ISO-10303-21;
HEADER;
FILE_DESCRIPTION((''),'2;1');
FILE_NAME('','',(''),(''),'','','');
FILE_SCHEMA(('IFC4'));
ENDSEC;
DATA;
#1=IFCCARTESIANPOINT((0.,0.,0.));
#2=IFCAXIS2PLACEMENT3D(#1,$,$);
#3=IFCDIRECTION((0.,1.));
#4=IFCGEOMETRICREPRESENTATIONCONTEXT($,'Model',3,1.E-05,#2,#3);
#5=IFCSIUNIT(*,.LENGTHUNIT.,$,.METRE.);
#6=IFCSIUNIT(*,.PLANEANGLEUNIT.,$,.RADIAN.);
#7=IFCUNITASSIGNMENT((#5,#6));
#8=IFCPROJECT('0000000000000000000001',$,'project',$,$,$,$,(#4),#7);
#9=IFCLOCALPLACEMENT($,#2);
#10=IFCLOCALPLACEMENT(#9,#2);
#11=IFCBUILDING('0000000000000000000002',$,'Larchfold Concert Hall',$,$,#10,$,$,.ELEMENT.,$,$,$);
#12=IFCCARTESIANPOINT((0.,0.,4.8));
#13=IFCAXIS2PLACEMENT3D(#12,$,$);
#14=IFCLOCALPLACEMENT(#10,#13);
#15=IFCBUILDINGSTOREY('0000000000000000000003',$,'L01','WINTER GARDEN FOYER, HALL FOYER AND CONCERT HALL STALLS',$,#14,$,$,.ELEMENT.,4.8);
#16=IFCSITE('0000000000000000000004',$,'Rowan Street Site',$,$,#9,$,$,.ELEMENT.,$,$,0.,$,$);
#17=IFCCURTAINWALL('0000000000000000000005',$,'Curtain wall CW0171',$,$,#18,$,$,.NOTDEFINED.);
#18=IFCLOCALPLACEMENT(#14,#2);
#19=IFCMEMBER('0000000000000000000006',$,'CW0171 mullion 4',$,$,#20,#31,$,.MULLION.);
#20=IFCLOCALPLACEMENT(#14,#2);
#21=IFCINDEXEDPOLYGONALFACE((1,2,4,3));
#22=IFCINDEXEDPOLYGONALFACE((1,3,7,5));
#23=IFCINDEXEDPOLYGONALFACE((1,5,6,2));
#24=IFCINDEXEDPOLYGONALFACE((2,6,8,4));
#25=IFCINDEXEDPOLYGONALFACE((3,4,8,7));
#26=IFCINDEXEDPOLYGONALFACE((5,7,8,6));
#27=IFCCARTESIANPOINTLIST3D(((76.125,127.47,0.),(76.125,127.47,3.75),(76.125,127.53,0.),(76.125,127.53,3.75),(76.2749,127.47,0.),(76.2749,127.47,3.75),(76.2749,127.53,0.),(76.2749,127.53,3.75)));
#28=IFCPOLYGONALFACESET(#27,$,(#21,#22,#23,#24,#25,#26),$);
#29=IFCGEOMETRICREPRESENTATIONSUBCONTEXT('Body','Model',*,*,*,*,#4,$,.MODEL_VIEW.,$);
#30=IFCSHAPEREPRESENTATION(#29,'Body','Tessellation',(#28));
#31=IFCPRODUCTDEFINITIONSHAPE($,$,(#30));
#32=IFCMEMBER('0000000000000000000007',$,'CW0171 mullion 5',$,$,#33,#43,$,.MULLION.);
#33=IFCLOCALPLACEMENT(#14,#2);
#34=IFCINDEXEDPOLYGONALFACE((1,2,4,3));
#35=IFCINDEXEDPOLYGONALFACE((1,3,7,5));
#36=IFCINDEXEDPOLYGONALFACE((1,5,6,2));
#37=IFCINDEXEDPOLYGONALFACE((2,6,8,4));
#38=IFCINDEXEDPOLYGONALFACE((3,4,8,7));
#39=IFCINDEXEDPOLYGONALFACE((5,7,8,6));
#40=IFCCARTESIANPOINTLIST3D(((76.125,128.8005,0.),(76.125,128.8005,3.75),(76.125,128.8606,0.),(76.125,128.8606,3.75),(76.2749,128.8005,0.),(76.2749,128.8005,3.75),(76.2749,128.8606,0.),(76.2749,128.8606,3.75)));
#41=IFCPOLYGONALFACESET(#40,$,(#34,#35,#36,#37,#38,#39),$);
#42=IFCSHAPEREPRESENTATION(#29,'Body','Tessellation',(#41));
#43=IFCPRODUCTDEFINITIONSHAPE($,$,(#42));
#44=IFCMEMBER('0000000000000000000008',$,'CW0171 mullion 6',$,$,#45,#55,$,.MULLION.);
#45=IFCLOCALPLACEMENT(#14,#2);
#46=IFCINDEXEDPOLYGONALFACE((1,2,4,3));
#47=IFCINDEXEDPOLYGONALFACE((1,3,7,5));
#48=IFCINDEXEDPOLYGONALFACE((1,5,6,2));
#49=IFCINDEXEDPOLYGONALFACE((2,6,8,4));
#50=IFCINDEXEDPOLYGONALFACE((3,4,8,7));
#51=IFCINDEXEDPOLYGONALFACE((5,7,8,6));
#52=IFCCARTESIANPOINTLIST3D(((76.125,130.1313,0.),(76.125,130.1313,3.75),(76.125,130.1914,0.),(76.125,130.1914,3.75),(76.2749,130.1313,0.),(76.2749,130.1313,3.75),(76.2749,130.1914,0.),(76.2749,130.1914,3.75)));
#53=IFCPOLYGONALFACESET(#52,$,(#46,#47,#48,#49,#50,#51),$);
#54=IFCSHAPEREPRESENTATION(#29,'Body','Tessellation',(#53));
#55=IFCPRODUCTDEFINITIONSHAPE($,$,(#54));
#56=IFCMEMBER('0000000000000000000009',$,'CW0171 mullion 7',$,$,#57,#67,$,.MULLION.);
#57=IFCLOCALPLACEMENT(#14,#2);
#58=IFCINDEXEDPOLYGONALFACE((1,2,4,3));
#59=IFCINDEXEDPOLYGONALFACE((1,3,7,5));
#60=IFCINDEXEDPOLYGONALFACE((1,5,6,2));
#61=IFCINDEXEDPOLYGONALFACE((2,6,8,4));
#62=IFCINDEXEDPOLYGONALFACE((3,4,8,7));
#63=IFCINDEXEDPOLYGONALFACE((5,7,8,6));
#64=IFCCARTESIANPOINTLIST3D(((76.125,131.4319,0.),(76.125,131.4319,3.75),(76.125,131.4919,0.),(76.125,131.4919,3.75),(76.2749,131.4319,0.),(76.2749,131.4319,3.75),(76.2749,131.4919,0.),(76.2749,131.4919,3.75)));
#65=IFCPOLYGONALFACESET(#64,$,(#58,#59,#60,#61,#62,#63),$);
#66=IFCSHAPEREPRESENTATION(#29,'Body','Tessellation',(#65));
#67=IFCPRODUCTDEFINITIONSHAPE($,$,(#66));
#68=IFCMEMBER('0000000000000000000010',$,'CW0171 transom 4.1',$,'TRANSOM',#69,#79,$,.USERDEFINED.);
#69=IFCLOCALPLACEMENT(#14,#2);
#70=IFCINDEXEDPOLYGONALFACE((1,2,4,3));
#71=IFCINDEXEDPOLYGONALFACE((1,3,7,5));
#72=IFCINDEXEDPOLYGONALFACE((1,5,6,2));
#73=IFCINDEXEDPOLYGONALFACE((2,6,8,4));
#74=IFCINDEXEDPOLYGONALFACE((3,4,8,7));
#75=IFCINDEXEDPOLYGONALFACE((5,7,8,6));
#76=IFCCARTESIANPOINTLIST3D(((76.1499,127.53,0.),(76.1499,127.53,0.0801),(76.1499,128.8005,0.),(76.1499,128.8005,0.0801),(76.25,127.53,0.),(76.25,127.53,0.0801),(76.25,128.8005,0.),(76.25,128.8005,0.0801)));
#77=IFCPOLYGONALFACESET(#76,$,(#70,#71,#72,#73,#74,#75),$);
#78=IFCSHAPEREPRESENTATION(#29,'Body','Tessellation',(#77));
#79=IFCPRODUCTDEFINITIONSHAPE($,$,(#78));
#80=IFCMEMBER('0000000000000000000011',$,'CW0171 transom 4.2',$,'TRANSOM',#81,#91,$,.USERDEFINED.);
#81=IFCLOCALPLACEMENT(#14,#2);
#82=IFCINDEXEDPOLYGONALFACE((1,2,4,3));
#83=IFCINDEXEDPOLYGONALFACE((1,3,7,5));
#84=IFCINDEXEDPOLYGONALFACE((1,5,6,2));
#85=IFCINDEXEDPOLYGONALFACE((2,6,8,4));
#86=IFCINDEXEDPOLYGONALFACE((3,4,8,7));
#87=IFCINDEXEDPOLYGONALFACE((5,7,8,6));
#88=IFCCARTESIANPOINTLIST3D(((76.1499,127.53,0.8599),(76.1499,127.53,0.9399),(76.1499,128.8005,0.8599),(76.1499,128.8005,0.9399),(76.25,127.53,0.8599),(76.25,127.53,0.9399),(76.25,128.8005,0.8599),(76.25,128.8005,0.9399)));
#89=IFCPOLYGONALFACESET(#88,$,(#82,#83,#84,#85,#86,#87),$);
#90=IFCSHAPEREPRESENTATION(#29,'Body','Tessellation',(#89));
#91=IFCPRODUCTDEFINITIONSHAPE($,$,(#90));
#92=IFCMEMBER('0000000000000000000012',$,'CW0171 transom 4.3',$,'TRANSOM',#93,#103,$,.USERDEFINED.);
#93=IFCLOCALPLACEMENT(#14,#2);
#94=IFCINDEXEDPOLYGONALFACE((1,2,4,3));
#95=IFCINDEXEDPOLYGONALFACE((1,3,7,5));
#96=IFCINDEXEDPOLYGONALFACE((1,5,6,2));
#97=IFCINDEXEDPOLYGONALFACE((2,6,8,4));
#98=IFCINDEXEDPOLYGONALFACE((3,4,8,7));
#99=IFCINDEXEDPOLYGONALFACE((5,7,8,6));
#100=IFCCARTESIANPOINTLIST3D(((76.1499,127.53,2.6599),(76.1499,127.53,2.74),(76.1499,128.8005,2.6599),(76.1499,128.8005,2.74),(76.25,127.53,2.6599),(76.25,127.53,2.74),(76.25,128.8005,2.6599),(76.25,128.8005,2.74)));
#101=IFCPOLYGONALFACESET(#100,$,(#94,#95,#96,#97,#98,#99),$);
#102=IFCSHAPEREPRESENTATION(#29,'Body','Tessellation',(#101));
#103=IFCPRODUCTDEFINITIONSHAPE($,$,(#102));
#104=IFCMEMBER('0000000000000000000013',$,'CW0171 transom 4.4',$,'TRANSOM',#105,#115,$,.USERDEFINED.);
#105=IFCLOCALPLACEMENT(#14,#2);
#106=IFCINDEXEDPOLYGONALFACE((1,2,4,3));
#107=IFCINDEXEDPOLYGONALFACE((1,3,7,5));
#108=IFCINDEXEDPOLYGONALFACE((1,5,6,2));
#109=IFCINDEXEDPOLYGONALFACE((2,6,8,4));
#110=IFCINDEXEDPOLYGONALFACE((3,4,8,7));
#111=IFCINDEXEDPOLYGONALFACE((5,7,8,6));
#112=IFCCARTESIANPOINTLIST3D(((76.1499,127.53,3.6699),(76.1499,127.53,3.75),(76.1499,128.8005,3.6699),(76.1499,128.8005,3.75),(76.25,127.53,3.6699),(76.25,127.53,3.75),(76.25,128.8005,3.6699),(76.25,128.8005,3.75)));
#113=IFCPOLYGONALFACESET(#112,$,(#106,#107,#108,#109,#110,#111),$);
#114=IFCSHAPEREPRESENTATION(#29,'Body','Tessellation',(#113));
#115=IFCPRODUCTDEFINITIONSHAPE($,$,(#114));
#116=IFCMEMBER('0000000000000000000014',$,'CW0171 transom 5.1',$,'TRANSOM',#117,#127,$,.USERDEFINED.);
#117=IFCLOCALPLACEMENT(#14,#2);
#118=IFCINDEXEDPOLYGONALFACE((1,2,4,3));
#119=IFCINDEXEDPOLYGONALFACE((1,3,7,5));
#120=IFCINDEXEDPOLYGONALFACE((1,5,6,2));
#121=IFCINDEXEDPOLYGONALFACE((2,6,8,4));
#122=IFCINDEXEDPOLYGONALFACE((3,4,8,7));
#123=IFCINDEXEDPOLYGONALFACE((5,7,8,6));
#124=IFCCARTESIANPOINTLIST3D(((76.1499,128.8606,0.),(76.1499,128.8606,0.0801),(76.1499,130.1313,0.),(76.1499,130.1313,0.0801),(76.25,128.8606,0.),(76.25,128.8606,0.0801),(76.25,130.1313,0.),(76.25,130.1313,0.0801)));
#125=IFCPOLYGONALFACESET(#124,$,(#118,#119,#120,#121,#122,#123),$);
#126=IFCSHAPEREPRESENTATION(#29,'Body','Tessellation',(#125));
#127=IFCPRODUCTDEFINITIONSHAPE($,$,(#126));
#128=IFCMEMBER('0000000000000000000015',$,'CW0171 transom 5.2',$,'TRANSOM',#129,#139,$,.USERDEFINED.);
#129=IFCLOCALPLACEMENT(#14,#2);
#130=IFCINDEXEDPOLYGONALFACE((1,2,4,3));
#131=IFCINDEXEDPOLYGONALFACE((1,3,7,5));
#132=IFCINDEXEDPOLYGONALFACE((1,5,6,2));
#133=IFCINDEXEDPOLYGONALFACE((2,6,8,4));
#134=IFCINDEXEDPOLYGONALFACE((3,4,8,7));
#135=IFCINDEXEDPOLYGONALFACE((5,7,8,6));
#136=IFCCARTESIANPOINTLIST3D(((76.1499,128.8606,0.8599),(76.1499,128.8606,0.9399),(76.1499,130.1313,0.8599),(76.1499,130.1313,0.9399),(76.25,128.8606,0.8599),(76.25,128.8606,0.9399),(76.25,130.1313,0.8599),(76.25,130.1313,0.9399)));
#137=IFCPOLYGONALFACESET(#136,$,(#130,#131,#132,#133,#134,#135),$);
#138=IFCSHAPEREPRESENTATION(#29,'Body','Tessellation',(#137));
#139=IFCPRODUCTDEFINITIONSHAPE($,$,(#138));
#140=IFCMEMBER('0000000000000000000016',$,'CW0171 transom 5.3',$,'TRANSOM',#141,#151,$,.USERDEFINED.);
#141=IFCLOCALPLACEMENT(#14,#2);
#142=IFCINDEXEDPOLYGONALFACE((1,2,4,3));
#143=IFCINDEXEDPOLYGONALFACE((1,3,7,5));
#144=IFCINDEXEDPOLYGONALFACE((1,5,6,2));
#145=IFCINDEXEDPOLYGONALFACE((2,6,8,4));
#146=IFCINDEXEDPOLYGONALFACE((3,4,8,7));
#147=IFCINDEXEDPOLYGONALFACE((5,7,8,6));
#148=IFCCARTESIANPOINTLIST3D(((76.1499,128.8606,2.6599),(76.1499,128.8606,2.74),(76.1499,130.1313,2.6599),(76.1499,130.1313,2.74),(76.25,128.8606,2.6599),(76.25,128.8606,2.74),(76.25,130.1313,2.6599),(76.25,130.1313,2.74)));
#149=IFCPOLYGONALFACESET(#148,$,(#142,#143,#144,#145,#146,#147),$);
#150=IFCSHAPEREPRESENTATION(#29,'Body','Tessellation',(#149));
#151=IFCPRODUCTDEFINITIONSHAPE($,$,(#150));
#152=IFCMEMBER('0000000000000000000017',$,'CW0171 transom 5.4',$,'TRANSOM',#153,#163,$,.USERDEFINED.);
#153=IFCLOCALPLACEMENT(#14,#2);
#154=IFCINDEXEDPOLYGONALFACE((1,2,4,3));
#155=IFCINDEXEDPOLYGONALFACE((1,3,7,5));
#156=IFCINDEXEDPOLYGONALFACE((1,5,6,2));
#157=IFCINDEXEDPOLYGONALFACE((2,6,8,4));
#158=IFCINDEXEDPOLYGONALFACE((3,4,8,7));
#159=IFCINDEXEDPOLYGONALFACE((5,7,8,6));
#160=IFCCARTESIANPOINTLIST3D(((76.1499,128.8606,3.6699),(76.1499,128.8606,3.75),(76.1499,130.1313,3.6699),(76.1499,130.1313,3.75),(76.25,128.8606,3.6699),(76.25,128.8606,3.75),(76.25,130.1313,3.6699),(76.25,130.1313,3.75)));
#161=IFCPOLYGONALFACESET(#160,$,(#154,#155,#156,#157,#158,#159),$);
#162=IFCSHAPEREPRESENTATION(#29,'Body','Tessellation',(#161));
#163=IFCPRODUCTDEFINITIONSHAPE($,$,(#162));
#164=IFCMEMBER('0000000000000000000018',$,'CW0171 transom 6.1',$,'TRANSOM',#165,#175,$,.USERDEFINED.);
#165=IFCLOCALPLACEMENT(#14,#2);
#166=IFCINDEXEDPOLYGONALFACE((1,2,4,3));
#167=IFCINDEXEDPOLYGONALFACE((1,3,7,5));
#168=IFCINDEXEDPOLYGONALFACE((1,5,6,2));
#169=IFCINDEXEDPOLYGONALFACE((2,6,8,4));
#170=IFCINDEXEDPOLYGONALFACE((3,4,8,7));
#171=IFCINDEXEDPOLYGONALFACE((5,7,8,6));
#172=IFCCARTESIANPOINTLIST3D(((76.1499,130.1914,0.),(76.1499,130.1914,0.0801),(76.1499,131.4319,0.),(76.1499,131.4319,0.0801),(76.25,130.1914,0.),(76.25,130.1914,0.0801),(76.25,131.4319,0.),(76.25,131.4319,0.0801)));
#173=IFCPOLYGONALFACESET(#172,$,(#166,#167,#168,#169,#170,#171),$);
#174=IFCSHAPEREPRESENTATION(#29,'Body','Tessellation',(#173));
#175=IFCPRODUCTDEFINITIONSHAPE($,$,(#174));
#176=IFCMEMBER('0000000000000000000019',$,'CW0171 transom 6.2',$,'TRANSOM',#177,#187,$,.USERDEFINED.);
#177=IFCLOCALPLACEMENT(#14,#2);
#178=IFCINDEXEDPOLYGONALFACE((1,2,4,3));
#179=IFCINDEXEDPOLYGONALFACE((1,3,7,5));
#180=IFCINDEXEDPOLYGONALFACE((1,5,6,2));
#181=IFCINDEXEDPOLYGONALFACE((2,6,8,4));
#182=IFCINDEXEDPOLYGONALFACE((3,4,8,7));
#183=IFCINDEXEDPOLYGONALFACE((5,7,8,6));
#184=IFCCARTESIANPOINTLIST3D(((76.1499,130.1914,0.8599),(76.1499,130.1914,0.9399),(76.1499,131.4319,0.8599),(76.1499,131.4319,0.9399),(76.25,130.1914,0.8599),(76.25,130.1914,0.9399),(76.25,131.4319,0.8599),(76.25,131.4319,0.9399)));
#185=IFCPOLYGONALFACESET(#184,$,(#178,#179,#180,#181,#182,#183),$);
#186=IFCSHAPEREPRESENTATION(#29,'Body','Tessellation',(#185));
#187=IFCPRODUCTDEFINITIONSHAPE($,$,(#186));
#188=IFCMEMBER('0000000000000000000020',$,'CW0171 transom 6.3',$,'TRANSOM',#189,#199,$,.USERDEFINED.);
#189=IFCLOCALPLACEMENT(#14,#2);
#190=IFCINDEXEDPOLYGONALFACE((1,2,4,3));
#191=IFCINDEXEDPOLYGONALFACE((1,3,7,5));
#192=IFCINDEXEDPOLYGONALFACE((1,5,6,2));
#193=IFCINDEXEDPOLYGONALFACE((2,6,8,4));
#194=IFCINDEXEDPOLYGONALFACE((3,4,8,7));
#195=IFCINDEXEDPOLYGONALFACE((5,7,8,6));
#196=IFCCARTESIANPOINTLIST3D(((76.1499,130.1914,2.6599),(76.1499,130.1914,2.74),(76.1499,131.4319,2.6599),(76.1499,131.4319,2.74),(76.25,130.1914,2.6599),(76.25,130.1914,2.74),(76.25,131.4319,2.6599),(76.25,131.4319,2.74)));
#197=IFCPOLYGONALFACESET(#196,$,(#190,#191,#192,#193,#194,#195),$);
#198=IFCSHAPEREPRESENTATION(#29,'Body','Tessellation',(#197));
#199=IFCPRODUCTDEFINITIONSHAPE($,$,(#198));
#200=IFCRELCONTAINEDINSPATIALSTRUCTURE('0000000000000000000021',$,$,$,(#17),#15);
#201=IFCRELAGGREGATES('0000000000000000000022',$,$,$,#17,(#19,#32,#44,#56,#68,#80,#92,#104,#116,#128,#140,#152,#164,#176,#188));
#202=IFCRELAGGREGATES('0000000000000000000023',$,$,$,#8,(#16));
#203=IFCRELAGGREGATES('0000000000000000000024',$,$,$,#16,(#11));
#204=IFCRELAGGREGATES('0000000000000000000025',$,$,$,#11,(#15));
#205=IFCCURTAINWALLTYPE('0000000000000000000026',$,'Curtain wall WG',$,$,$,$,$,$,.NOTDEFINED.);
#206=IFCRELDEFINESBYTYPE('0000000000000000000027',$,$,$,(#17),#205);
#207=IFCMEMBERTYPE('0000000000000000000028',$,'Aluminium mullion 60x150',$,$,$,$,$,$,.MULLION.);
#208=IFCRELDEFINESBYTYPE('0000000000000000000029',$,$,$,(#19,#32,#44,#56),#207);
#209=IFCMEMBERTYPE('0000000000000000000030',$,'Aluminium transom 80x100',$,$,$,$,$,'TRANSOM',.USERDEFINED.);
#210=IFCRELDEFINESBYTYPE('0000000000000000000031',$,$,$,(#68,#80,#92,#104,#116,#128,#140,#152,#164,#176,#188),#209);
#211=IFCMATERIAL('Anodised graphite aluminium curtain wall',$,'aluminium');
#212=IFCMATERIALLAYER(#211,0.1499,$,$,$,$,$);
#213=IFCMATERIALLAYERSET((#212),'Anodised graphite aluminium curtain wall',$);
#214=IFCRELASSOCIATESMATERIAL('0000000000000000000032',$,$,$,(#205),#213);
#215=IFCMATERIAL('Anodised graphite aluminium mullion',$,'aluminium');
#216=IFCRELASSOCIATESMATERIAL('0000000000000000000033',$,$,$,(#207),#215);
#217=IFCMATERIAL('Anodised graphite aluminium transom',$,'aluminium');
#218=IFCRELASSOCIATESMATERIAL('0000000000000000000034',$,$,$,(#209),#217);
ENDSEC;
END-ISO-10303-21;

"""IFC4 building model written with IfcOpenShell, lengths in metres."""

from ifc_helpers import new_model, si_unit, direction, frame, origin, origin_2d, place, context, subcontext, project, spatial, rectangle, extrude, material, layer, layer_set, material_profile, profile_set, type_object, element, aggregate, save


model = new_model("IFC4")

# Units and contexts
model_context = context("Model", 3, precision=1e-05, world=origin(), true_north=direction((0.0, 1.0)))
body_context = subcontext(model_context, "Body", "Model", "MODEL_VIEW")
ifc_project = project(units=[si_unit("LENGTHUNIT", "METRE"), si_unit("PLANEANGLEUNIT", "RADIAN")], contexts=[model_context])

# Site, building, storey
site_placement = place(None, origin())
site = spatial("IfcSite", under=ifc_project, at=site_placement, Name="Rowan Street Site", CompositionType="ELEMENT", RefElevation=0.0)
building_placement = place(site_placement, origin())
building = spatial("IfcBuilding", under=site, at=building_placement, Name="Larchfold Concert Hall", CompositionType="ELEMENT")
storey_placement = place(building_placement, frame((0.0, 0.0, 4.8)))
storey = spatial("IfcBuildingStorey", under=building, at=storey_placement, Name="L01", Description="WINTER GARDEN FOYER, HALL FOYER AND CONCERT HALL STALLS", CompositionType="ELEMENT", Elevation=4.8)

# Curtain wall, members
ifc_material_1 = material(Name="Anodised graphite aluminium curtain wall", Category="aluminium")
ifc_layer_1 = layer(ifc_material_1, 0.1499)
ifc_layer_set_1 = layer_set([ifc_layer_1], Name="Anodised graphite aluminium curtain wall")
curtain_wall_type = type_object("IfcCurtainWallType", Name="Curtain wall WG", PredefinedType="NOTDEFINED", material=ifc_layer_set_1)
curtain_wall_placement = place(storey_placement, origin())
curtain_wall = element("IfcCurtainWall", 1, at=curtain_wall_placement, inside=storey, type_object=curtain_wall_type, Name="Curtain wall CW0171", PredefinedType="NOTDEFINED")
ifc_material_2 = material(Name="Anodised graphite aluminium mullion", Category="aluminium")
ifc_material_profile_1 = material_profile(ifc_material_2, rectangle(XDim=0.1499, YDim=0.0601, at=origin_2d()))
ifc_profile_set_1 = profile_set([ifc_material_profile_1], Name="Anodised graphite aluminium mullion")
member_type_1 = type_object("IfcMemberType", Name="Aluminium mullion 60x150", PredefinedType="MULLION", material=ifc_profile_set_1)
member_1_placement = place(storey_placement, frame((76.2, 127.5, 0.0), z_axis=(0.0, 0.0, 1.0), x_axis=(-1.0, 0.0, 0.0)))
member_1 = element("IfcMember", 2, at=member_1_placement, type_object=member_type_1, Name="CW0171 mullion 4", PredefinedType="MULLION", context=body_context, shape_type="SweptSolid", body=[
    extrude(rectangle(XDim=0.1499, YDim=0.0601, at=origin_2d()), origin(), (0.0, 0.0, 1.0), 3.75),
])
member_2_placement = place(storey_placement, frame((76.2, 128.8306, 0.0), z_axis=(0.0, 0.0, 1.0), x_axis=(-1.0, 0.0, 0.0)))
member_2 = element("IfcMember", 3, at=member_2_placement, type_object=member_type_1, Name="CW0171 mullion 5", PredefinedType="MULLION", context=body_context, shape_type="SweptSolid", body=[
    extrude(rectangle(XDim=0.1499, YDim=0.0601, at=origin_2d()), origin(), (0.0, 0.0, 1.0), 3.75),
])
member_3_placement = place(storey_placement, frame((76.2, 130.1614, 0.0), z_axis=(0.0, 0.0, 1.0), x_axis=(-1.0, 0.0, 0.0)))
member_3 = element("IfcMember", 4, at=member_3_placement, type_object=member_type_1, Name="CW0171 mullion 6", PredefinedType="MULLION", context=body_context, shape_type="SweptSolid", body=[
    extrude(rectangle(XDim=0.1499, YDim=0.0601, at=origin_2d()), origin(), (0.0, 0.0, 1.0), 3.75),
])
member_4_placement = place(storey_placement, frame((76.2, 131.4619, 0.0), z_axis=(0.0, 0.0, 1.0), x_axis=(-1.0, 0.0, 0.0)))
member_4 = element("IfcMember", 5, at=member_4_placement, type_object=member_type_1, Name="CW0171 mullion 7", PredefinedType="MULLION", context=body_context, shape_type="SweptSolid", body=[
    extrude(rectangle(XDim=0.1499, YDim=0.0601, at=origin_2d()), origin(), (0.0, 0.0, 1.0), 3.75),
])
ifc_material_3 = material(Name="Anodised graphite aluminium transom", Category="aluminium")
ifc_material_profile_2 = material_profile(ifc_material_3, rectangle(XDim=0.1001, YDim=0.0801, at=origin_2d()))
ifc_profile_set_2 = profile_set([ifc_material_profile_2], Name="Anodised graphite aluminium transom")
member_type_2 = type_object("IfcMemberType", Name="Aluminium transom 80x100", ElementType="TRANSOM", PredefinedType="USERDEFINED", material=ifc_profile_set_2)
member_5_placement = place(storey_placement, frame((76.2, 127.53, 0.04), z_axis=(0.0, 1.0, 0.0), x_axis=(-1.0, 0.0, 0.0)))
member_5 = element("IfcMember", 6, at=member_5_placement, type_object=member_type_2, Name="CW0171 transom 4.1", ObjectType="TRANSOM", PredefinedType="USERDEFINED", context=body_context, shape_type="SweptSolid", body=[
    extrude(rectangle(XDim=0.1001, YDim=0.0801, at=origin_2d()), origin(), (0.0, 0.0, 1.0), 1.2705),
])
member_6_placement = place(storey_placement, frame((76.2, 127.53, 0.8999), z_axis=(0.0, 1.0, 0.0), x_axis=(-1.0, 0.0, 0.0)))
member_6 = element("IfcMember", 7, at=member_6_placement, type_object=member_type_2, Name="CW0171 transom 4.2", ObjectType="TRANSOM", PredefinedType="USERDEFINED", context=body_context, shape_type="SweptSolid", body=[
    extrude(rectangle(XDim=0.1001, YDim=0.0801, at=origin_2d()), origin(), (0.0, 0.0, 1.0), 1.2705),
])
member_7_placement = place(storey_placement, frame((76.2, 127.53, 2.7), z_axis=(0.0, 1.0, 0.0), x_axis=(-1.0, 0.0, 0.0)))
member_7 = element("IfcMember", 8, at=member_7_placement, type_object=member_type_2, Name="CW0171 transom 4.3", ObjectType="TRANSOM", PredefinedType="USERDEFINED", context=body_context, shape_type="SweptSolid", body=[
    extrude(rectangle(XDim=0.1001, YDim=0.0801, at=origin_2d()), origin(), (0.0, 0.0, 1.0), 1.2705),
])
member_8_placement = place(storey_placement, frame((76.2, 127.53, 3.71), z_axis=(0.0, 1.0, 0.0), x_axis=(-1.0, 0.0, 0.0)))
member_8 = element("IfcMember", 9, at=member_8_placement, type_object=member_type_2, Name="CW0171 transom 4.4", ObjectType="TRANSOM", PredefinedType="USERDEFINED", context=body_context, shape_type="SweptSolid", body=[
    extrude(rectangle(XDim=0.1001, YDim=0.0801, at=origin_2d()), origin(), (0.0, 0.0, 1.0), 1.2705),
])
member_9_placement = place(storey_placement, frame((76.2, 128.8606, 0.04), z_axis=(0.0, 1.0, 0.0), x_axis=(-1.0, 0.0, 0.0)))
member_9 = element("IfcMember", 10, at=member_9_placement, type_object=member_type_2, Name="CW0171 transom 5.1", ObjectType="TRANSOM", PredefinedType="USERDEFINED", context=body_context, shape_type="SweptSolid", body=[
    extrude(rectangle(XDim=0.1001, YDim=0.0801, at=origin_2d()), origin(), (0.0, 0.0, 1.0), 1.2708),
])
member_10_placement = place(storey_placement, frame((76.2, 128.8606, 0.8999), z_axis=(0.0, 1.0, 0.0), x_axis=(-1.0, 0.0, 0.0)))
member_10 = element("IfcMember", 11, at=member_10_placement, type_object=member_type_2, Name="CW0171 transom 5.2", ObjectType="TRANSOM", PredefinedType="USERDEFINED", context=body_context, shape_type="SweptSolid", body=[
    extrude(rectangle(XDim=0.1001, YDim=0.0801, at=origin_2d()), origin(), (0.0, 0.0, 1.0), 1.2708),
])
member_11_placement = place(storey_placement, frame((76.2, 128.8606, 2.7), z_axis=(0.0, 1.0, 0.0), x_axis=(-1.0, 0.0, 0.0)))
member_11 = element("IfcMember", 12, at=member_11_placement, type_object=member_type_2, Name="CW0171 transom 5.3", ObjectType="TRANSOM", PredefinedType="USERDEFINED", context=body_context, shape_type="SweptSolid", body=[
    extrude(rectangle(XDim=0.1001, YDim=0.0801, at=origin_2d()), origin(), (0.0, 0.0, 1.0), 1.2708),
])
member_12_placement = place(storey_placement, frame((76.2, 128.8606, 3.71), z_axis=(0.0, 1.0, 0.0), x_axis=(-1.0, 0.0, 0.0)))
member_12 = element("IfcMember", 13, at=member_12_placement, type_object=member_type_2, Name="CW0171 transom 5.4", ObjectType="TRANSOM", PredefinedType="USERDEFINED", context=body_context, shape_type="SweptSolid", body=[
    extrude(rectangle(XDim=0.1001, YDim=0.0801, at=origin_2d()), origin(), (0.0, 0.0, 1.0), 1.2708),
])
member_13_placement = place(storey_placement, frame((76.2, 130.1914, 0.04), z_axis=(0.0, 1.0, 0.0), x_axis=(-1.0, 0.0, 0.0)))
member_13 = element("IfcMember", 14, at=member_13_placement, type_object=member_type_2, Name="CW0171 transom 6.1", ObjectType="TRANSOM", PredefinedType="USERDEFINED", context=body_context, shape_type="SweptSolid", body=[
    extrude(rectangle(XDim=0.1001, YDim=0.0801, at=origin_2d()), origin(), (0.0, 0.0, 1.0), 1.2405),
])
member_14_placement = place(storey_placement, frame((76.2, 130.1914, 0.8999), z_axis=(0.0, 1.0, 0.0), x_axis=(-1.0, 0.0, 0.0)))
member_14 = element("IfcMember", 15, at=member_14_placement, type_object=member_type_2, Name="CW0171 transom 6.2", ObjectType="TRANSOM", PredefinedType="USERDEFINED", context=body_context, shape_type="SweptSolid", body=[
    extrude(rectangle(XDim=0.1001, YDim=0.0801, at=origin_2d()), origin(), (0.0, 0.0, 1.0), 1.2405),
])
member_15_placement = place(storey_placement, frame((76.2, 130.1914, 2.7), z_axis=(0.0, 1.0, 0.0), x_axis=(-1.0, 0.0, 0.0)))
member_15 = element("IfcMember", 16, at=member_15_placement, type_object=member_type_2, Name="CW0171 transom 6.3", ObjectType="TRANSOM", PredefinedType="USERDEFINED", context=body_context, shape_type="SweptSolid", body=[
    extrude(rectangle(XDim=0.1001, YDim=0.0801, at=origin_2d()), origin(), (0.0, 0.0, 1.0), 1.2405),
])

aggregate(curtain_wall, [member_1, member_2, member_3, member_4, member_5, member_6, member_7, member_8, member_9, member_10, member_11, member_12, member_13, member_14, member_15])

save(model, "model.ifc")
